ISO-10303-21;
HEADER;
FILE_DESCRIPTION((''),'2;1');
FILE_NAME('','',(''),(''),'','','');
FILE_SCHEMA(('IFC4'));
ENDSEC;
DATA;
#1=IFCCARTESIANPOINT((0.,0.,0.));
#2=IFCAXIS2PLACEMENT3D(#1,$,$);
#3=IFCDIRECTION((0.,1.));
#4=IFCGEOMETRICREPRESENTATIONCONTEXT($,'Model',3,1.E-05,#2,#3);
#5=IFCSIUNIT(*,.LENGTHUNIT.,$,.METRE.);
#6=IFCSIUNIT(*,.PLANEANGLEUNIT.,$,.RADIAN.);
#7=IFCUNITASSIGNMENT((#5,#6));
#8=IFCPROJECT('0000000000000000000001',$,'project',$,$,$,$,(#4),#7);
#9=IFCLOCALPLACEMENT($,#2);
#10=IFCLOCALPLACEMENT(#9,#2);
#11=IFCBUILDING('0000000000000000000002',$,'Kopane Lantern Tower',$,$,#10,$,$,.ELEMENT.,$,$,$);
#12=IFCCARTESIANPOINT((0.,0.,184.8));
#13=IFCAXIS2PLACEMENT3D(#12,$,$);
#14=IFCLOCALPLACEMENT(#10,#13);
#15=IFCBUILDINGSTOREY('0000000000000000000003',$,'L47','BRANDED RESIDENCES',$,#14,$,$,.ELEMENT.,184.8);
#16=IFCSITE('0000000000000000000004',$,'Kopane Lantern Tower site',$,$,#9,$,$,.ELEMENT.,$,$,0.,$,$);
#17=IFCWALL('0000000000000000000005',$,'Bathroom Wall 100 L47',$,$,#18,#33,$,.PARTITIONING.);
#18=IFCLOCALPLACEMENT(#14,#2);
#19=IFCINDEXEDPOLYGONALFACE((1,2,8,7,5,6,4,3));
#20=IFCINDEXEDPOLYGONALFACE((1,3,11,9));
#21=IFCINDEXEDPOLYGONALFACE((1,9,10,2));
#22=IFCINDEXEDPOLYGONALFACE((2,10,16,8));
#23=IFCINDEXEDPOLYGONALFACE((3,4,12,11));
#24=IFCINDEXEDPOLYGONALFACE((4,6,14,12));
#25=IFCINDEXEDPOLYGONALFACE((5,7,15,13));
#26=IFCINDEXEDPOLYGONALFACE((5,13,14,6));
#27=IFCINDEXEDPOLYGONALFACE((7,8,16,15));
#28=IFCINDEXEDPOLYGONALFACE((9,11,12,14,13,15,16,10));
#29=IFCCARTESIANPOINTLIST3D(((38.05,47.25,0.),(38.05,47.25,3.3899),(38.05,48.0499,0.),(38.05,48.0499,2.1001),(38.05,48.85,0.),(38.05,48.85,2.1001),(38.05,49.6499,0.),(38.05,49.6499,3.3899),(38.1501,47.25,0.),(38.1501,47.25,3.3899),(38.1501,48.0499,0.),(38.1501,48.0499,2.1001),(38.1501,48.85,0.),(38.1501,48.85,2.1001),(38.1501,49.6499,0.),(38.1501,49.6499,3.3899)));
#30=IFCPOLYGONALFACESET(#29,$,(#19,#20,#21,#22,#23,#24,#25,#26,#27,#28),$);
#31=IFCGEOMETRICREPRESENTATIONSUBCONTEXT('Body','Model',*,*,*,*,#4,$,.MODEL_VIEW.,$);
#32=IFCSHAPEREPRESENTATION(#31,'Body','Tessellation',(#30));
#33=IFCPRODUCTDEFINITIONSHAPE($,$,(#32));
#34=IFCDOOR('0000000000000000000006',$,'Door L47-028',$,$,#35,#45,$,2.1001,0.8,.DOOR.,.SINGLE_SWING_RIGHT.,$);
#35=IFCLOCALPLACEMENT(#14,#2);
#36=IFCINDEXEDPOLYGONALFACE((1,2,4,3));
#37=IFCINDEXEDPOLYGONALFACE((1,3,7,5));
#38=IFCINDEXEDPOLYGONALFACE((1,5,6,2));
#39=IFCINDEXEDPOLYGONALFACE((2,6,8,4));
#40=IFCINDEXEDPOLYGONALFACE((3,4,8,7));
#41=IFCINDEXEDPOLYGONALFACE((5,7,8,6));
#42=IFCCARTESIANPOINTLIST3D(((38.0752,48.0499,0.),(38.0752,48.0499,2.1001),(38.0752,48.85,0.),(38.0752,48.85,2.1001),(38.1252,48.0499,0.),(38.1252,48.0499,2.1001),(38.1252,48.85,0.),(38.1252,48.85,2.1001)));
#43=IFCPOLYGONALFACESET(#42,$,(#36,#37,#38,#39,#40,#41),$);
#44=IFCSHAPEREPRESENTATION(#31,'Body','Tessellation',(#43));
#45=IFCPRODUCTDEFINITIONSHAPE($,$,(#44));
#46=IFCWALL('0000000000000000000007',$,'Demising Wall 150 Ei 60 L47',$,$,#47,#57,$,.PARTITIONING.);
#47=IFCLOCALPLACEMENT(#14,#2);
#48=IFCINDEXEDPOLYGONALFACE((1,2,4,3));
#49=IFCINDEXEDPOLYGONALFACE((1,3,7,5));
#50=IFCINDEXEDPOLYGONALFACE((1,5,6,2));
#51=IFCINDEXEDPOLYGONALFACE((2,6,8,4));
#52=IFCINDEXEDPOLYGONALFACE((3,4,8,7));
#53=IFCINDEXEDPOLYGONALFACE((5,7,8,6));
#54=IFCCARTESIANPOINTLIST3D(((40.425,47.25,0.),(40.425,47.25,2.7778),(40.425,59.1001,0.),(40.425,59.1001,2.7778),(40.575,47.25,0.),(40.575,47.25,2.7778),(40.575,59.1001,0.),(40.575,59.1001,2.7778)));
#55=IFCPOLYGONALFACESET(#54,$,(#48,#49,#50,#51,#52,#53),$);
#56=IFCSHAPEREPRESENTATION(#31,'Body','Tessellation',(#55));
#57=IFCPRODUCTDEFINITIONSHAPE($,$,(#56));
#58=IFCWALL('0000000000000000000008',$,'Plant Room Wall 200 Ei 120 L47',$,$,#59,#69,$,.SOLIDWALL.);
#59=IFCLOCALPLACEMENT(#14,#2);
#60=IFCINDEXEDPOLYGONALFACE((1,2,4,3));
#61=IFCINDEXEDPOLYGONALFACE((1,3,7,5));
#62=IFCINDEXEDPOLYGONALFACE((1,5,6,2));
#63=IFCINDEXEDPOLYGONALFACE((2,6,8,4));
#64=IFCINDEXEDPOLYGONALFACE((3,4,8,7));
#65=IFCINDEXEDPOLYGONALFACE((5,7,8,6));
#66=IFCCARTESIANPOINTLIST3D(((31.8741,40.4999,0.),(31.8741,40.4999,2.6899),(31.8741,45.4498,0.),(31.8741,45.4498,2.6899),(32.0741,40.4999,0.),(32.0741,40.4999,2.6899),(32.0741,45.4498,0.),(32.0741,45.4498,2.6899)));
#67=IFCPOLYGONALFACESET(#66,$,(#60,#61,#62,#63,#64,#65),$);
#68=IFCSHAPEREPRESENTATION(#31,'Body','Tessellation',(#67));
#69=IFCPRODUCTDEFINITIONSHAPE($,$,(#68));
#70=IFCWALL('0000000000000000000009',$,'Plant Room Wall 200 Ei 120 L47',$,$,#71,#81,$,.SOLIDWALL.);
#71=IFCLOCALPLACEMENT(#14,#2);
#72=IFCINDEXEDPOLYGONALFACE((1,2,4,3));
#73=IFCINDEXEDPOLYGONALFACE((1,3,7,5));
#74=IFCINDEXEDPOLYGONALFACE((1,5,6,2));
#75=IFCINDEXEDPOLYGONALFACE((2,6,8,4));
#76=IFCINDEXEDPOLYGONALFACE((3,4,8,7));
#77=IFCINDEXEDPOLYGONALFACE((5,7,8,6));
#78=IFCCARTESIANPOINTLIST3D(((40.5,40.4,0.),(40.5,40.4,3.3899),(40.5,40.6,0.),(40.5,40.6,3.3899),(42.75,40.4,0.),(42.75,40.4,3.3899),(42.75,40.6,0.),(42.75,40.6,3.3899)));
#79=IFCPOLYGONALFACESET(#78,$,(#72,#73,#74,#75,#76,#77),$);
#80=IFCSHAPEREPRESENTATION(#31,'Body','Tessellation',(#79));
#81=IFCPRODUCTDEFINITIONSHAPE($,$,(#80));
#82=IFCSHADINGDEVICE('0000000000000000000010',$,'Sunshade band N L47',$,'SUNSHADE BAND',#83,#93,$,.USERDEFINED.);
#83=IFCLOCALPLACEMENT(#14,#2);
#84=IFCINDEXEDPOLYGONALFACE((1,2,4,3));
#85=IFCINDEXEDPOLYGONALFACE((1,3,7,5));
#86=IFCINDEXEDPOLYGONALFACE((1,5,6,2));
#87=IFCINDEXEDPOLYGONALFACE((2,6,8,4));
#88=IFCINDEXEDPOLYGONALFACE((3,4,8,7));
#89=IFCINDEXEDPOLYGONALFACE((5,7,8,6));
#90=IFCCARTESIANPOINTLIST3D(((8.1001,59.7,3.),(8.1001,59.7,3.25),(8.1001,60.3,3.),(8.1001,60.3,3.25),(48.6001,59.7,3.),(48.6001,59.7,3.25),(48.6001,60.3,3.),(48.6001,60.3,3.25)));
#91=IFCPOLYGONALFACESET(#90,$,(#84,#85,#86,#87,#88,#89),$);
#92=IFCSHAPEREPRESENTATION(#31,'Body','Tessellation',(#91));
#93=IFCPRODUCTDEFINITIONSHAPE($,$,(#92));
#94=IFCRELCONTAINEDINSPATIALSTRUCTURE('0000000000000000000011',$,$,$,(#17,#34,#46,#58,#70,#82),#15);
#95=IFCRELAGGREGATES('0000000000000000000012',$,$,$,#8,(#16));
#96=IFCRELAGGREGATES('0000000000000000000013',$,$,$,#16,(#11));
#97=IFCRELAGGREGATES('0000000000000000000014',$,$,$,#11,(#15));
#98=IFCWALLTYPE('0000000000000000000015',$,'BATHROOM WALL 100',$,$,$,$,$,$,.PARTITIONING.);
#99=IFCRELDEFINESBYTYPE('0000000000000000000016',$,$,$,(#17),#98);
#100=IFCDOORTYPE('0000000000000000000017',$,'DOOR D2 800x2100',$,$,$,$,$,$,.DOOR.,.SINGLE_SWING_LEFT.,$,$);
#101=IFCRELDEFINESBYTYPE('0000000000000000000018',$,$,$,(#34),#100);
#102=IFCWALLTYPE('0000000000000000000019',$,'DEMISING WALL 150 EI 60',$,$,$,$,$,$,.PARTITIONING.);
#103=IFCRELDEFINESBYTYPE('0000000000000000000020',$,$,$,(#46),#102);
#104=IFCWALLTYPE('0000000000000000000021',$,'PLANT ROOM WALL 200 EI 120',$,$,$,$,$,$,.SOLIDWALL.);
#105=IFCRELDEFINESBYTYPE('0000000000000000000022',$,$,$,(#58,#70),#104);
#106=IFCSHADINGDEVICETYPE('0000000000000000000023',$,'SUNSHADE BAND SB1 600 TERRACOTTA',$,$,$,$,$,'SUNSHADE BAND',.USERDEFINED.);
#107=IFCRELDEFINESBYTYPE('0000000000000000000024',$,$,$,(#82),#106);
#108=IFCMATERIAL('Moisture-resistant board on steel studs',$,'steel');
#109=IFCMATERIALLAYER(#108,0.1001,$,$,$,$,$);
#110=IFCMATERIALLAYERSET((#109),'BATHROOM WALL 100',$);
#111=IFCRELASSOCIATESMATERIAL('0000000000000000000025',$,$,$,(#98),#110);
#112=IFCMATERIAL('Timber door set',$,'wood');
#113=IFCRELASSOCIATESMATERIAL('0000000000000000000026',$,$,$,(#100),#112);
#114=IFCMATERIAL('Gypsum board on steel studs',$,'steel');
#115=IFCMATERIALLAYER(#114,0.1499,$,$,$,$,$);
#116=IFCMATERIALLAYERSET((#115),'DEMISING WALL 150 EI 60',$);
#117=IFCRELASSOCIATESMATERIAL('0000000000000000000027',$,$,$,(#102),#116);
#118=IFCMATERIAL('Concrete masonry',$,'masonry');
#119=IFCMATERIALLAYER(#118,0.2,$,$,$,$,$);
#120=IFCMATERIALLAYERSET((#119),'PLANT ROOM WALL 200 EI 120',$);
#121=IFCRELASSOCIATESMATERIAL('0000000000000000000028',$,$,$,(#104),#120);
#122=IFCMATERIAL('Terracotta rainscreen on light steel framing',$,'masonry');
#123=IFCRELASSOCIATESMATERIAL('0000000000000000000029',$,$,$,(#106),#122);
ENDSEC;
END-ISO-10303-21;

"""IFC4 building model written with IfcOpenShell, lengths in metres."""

from ifc_helpers import new_model, si_unit, direction, frame, frame_2d, origin, origin_2d, place, context, subcontext, project, spatial, rectangle, extrude, material, layer, layer_set, type_object, element, fill, save


model = new_model("IFC4")

# Units and contexts
model_context = context("Model", 3, precision=1e-05, world=origin(), true_north=direction((0.0, 1.0)))
body_context = subcontext(model_context, "Body", "Model", "MODEL_VIEW")
ifc_project = project(units=[si_unit("LENGTHUNIT", "METRE"), si_unit("PLANEANGLEUNIT", "RADIAN")], contexts=[model_context])

# Site, building, storey
site_placement = place(None, origin())
site = spatial("IfcSite", under=ifc_project, at=site_placement, Name="Kopane Lantern Tower site", CompositionType="ELEMENT", RefElevation=0.0)
building_placement = place(site_placement, origin())
building = spatial("IfcBuilding", under=site, at=building_placement, Name="Kopane Lantern Tower", CompositionType="ELEMENT")
storey_placement = place(building_placement, frame((0.0, 0.0, 184.8)))
storey = spatial("IfcBuildingStorey", under=building, at=storey_placement, Name="L47", Description="BRANDED RESIDENCES", CompositionType="ELEMENT", Elevation=184.8)

# Wall, opening, door
ifc_material_1 = material(Name="Moisture-resistant board on steel studs", Category="steel")
ifc_layer_1 = layer(ifc_material_1, 0.1001)
ifc_layer_set_1 = layer_set([ifc_layer_1], Name="BATHROOM WALL 100")
wall_type_1 = type_object("IfcWallType", Name="BATHROOM WALL 100", PredefinedType="PARTITIONING", material=ifc_layer_set_1)
wall_1_placement = place(storey_placement, frame((38.1001, 47.25, 0.0), z_axis=(0.0, 0.0, 1.0), x_axis=(0.0, 1.0, 0.0)))
wall_1 = element("IfcWall", 1, at=wall_1_placement, inside=storey, type_object=wall_type_1, Name="Bathroom Wall 100 L47", PredefinedType="PARTITIONING", context=body_context, shape_type="SweptSolid", body=[
    extrude(rectangle(XDim=2.3999, YDim=0.1001, at=frame_2d((1.2, 0.0))), origin(), (0.0, 0.0, 1.0), 3.3899),
])
opening_placement = place(wall_1_placement, frame((0.8, 0.0, 0.0)))
opening = element("IfcOpeningElement", 2, at=opening_placement, cuts=wall_1, PredefinedType="OPENING", context=body_context, shape_type="SweptSolid", body=[
    extrude(rectangle(XDim=0.8, YDim=2.1001, at=frame_2d((0.3999, 1.05))), frame((0.0, 0.0601, 0.0), z_axis=(0.0, -1.0, 0.0), x_axis=(1.0, 0.0, 0.0)), (0.0, 0.0, 1.0), 0.1201),
])
ifc_material_2 = material(Name="Timber door set", Category="wood")
door_type = type_object("IfcDoorType", Name="DOOR D2 800x2100", OperationType="SINGLE_SWING_LEFT", PredefinedType="DOOR", material=ifc_material_2)
door_placement = place(opening_placement, origin())
door = element("IfcDoor", 3, at=door_placement, inside=storey, type_object=door_type, Name="Door L47-028", OperationType="SINGLE_SWING_RIGHT", OverallHeight=2.1001, OverallWidth=0.8, PredefinedType="DOOR", context=body_context, shape_type="SweptSolid", body=[
    extrude(rectangle(XDim=0.8, YDim=2.1001, at=frame_2d((0.3999, 1.05))), frame((0.0, 0.0249, 0.0), z_axis=(0.0, -1.0, 0.0), x_axis=(1.0, 0.0, 0.0)), (0.0, 0.0, 1.0), 0.05),
])
fill(opening, door)

# Walls
ifc_material_3 = material(Name="Gypsum board on steel studs", Category="steel")
ifc_layer_2 = layer(ifc_material_3, 0.1499)
ifc_layer_set_2 = layer_set([ifc_layer_2], Name="DEMISING WALL 150 EI 60")
wall_type_2 = type_object("IfcWallType", Name="DEMISING WALL 150 EI 60", PredefinedType="PARTITIONING", material=ifc_layer_set_2)
wall_2_placement = place(storey_placement, frame((40.5, 47.25, 0.0), z_axis=(0.0, 0.0, 1.0), x_axis=(0.0, 1.0, 0.0)))
element("IfcWall", 4, at=wall_2_placement, inside=storey, type_object=wall_type_2, Name="Demising Wall 150 Ei 60 L47", PredefinedType="PARTITIONING", context=body_context, shape_type="SweptSolid", body=[
    extrude(rectangle(XDim=11.8501, YDim=0.1499, at=frame_2d((5.925, 0.0))), origin(), (0.0, 0.0, 1.0), 2.7778),
])
ifc_material_4 = material(Name="Concrete masonry", Category="masonry")
ifc_layer_3 = layer(ifc_material_4, 0.2)
ifc_layer_set_3 = layer_set([ifc_layer_3], Name="PLANT ROOM WALL 200 EI 120")
wall_type_3 = type_object("IfcWallType", Name="PLANT ROOM WALL 200 EI 120", PredefinedType="SOLIDWALL", material=ifc_layer_set_3)
wall_3_placement = place(storey_placement, frame((31.9741, 45.45, 0.0), z_axis=(0.0, 0.0, 1.0), x_axis=(0.0, -1.0, 0.0)))
element("IfcWall", 5, at=wall_3_placement, inside=storey, type_object=wall_type_3, Name="Plant Room Wall 200 Ei 120 L47", PredefinedType="SOLIDWALL", context=body_context, shape_type="SweptSolid", body=[
    extrude(rectangle(XDim=4.95, YDim=0.2, at=frame_2d((2.4751, 0.0))), origin(), (0.0, 0.0, 1.0), 2.6899),
])
wall_4_placement = place(storey_placement, frame((40.5, 40.5, 0.0), z_axis=(0.0, 0.0, 1.0), x_axis=(1.0, 0.0, 0.0)))
element("IfcWall", 6, at=wall_4_placement, inside=storey, type_object=wall_type_3, Name="Plant Room Wall 200 Ei 120 L47", PredefinedType="SOLIDWALL", context=body_context, shape_type="SweptSolid", body=[
    extrude(rectangle(XDim=2.25, YDim=0.2, at=frame_2d((1.125, 0.0))), origin(), (0.0, 0.0, 1.0), 3.3899),
])

# Shading device
ifc_material_5 = material(Name="Terracotta rainscreen on light steel framing", Category="masonry")
shading_device_type = type_object("IfcShadingDeviceType", Name="SUNSHADE BAND SB1 600 TERRACOTTA", ElementType="SUNSHADE BAND", PredefinedType="USERDEFINED", material=ifc_material_5)
shading_device_placement = place(storey_placement, frame((28.3501, 60.0, 3.0), z_axis=(0.0, 0.0, 1.0), x_axis=(-1.0, 0.0, 0.0)))
element("IfcShadingDevice", 7, at=shading_device_placement, inside=storey, type_object=shading_device_type, Name="Sunshade band N L47", ObjectType="SUNSHADE BAND", PredefinedType="USERDEFINED", context=body_context, shape_type="SweptSolid", body=[
    extrude(rectangle(XDim=40.5, YDim=0.6001, at=origin_2d()), origin(), (0.0, 0.0, 1.0), 0.25),
])

save(model, "model.ifc")
